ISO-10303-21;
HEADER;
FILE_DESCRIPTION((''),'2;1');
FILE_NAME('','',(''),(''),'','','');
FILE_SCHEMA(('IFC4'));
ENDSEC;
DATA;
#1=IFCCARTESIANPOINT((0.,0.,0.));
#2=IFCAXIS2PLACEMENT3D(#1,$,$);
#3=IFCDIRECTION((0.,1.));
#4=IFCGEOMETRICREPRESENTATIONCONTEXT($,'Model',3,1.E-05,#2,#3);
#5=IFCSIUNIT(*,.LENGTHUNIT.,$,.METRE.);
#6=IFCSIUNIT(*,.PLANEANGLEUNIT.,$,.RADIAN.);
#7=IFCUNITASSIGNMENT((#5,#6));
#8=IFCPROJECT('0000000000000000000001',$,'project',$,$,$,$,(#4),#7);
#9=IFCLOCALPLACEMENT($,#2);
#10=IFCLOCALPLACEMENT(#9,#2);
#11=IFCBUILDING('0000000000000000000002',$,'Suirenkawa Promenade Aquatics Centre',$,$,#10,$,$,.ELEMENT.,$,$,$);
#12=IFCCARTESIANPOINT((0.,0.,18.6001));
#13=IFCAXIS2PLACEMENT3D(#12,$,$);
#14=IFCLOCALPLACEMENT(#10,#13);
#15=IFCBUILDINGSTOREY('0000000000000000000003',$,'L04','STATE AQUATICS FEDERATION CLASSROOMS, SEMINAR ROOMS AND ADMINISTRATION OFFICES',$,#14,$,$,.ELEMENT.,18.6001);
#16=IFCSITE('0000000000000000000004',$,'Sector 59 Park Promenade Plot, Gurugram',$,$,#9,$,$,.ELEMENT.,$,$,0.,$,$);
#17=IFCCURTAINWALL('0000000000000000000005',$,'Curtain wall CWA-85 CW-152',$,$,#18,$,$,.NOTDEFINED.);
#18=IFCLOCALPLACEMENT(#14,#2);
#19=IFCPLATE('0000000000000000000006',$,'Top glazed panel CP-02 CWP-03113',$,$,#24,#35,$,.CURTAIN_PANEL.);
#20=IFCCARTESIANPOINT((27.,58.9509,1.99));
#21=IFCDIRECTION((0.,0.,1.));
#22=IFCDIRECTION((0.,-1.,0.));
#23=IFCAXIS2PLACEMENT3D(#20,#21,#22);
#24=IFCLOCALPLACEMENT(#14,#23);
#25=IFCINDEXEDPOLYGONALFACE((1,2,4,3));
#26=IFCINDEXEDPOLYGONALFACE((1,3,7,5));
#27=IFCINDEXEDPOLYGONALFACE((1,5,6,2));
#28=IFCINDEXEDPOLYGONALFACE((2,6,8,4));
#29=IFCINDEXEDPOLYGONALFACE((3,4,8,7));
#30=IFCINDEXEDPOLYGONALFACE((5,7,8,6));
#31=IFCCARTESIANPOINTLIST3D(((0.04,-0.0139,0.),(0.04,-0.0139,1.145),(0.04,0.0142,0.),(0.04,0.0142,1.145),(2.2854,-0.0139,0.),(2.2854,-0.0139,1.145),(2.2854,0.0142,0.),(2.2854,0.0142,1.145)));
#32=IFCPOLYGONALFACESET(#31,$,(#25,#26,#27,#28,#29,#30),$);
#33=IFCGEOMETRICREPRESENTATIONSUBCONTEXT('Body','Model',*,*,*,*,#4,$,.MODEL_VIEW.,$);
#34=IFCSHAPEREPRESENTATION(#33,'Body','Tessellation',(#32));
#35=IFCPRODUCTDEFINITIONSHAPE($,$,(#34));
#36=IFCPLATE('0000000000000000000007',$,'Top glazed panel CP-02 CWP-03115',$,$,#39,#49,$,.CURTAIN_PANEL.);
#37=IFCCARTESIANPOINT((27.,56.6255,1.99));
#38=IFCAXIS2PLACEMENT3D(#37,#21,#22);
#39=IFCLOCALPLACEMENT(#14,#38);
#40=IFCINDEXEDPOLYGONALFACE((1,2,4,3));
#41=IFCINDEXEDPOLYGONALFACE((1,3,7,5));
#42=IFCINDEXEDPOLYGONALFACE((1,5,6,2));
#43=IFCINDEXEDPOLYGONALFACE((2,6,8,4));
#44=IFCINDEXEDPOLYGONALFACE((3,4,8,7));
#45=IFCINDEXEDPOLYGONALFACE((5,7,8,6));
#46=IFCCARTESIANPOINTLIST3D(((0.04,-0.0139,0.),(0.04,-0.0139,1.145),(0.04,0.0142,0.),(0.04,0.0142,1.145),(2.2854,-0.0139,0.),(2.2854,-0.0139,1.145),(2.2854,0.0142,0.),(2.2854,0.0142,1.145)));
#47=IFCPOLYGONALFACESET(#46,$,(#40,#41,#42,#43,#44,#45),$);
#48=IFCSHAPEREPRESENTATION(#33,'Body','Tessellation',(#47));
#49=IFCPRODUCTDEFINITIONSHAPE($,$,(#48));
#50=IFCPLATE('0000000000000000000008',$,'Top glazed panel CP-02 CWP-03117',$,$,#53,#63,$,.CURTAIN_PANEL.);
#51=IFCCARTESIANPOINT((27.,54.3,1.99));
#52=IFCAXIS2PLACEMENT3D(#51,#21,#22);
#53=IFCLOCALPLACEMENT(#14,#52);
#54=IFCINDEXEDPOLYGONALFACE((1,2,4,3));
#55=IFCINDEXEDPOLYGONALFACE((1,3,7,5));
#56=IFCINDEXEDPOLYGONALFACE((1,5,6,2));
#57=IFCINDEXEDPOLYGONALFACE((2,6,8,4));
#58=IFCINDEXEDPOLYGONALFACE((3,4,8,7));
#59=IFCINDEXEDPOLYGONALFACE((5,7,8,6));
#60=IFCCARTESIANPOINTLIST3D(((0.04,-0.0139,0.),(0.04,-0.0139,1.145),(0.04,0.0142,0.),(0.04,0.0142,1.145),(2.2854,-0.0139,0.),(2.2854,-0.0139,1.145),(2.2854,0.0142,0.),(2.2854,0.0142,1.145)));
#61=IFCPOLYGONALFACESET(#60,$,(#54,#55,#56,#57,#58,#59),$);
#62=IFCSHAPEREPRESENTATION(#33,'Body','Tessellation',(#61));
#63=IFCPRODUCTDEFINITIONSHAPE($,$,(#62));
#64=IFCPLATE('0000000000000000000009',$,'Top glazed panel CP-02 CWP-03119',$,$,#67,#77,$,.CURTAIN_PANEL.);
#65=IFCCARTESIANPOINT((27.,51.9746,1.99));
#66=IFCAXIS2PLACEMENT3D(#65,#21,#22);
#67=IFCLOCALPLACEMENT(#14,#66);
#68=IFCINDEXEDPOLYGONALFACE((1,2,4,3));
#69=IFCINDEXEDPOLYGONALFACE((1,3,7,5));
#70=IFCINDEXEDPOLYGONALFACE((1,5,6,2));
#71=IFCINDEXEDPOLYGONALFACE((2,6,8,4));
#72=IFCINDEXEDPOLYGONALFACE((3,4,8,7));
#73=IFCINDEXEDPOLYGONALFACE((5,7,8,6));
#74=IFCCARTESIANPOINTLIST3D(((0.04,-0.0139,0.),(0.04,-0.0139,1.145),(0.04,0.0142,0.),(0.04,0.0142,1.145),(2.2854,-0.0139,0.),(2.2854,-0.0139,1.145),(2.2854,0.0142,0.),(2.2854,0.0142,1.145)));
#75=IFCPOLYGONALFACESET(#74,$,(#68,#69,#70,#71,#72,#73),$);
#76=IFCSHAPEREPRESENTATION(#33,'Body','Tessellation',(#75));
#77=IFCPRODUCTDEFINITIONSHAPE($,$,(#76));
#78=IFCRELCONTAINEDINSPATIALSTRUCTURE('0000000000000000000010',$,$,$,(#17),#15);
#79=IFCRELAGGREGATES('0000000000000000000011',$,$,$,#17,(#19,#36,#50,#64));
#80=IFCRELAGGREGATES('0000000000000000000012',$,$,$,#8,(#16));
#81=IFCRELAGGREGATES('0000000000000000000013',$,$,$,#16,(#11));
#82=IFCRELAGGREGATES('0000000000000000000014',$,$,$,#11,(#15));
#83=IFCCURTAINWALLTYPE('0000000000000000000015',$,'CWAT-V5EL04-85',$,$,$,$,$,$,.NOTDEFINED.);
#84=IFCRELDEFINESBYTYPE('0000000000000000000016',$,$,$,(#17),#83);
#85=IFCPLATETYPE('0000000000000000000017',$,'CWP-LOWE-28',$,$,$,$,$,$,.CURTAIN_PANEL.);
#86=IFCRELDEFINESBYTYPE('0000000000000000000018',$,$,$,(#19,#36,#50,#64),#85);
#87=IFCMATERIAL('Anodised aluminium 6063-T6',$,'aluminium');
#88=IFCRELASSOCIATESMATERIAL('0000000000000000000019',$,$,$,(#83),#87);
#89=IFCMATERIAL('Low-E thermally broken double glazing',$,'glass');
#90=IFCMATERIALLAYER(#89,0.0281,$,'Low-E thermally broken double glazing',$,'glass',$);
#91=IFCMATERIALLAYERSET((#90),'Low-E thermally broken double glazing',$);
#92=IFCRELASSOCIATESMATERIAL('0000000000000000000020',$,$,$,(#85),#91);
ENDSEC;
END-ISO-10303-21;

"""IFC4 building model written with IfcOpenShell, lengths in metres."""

from ifc_helpers import new_model, si_unit, direction, frame, origin, place, context, subcontext, project, spatial, polyline, outline, extrude, material, layer, layer_set, type_object, element, aggregate, save


model = new_model("IFC4")

# Units and contexts
model_context = context("Model", 3, precision=1e-05, world=origin(), true_north=direction((0.0, 1.0)))
body_context = subcontext(model_context, "Body", "Model", "MODEL_VIEW")
ifc_project = project(units=[si_unit("LENGTHUNIT", "METRE"), si_unit("PLANEANGLEUNIT", "RADIAN")], contexts=[model_context])

# Site, building, storey
site_placement = place(None, origin())
site = spatial("IfcSite", under=ifc_project, at=site_placement, Name="Sector 59 Park Promenade Plot, Gurugram", CompositionType="ELEMENT", RefElevation=0.0)
building_placement = place(site_placement, origin())
building = spatial("IfcBuilding", under=site, at=building_placement, Name="Suirenkawa Promenade Aquatics Centre", CompositionType="ELEMENT")
storey_placement = place(building_placement, frame((0.0, 0.0, 18.6001)))
storey = spatial("IfcBuildingStorey", under=building, at=storey_placement, Name="L04", Description="STATE AQUATICS FEDERATION CLASSROOMS, SEMINAR ROOMS AND ADMINISTRATION OFFICES", CompositionType="ELEMENT", Elevation=18.6001)

# Curtain wall, plates
ifc_material_1 = material(Name="Anodised aluminium 6063-T6", Category="aluminium")
curtain_wall_type = type_object("IfcCurtainWallType", Name="CWAT-V5EL04-85", PredefinedType="NOTDEFINED", material=ifc_material_1)
curtain_wall_placement = place(storey_placement, origin())
curtain_wall = element("IfcCurtainWall", 1, at=curtain_wall_placement, inside=storey, type_object=curtain_wall_type, Name="Curtain wall CWA-85 CW-152", PredefinedType="NOTDEFINED")
ifc_material_2 = material(Name="Low-E thermally broken double glazing", Category="glass")
ifc_layer_1 = layer(ifc_material_2, 0.0281, Name="Low-E thermally broken double glazing", Category="glass")
ifc_layer_set_1 = layer_set([ifc_layer_1], Name="Low-E thermally broken double glazing")
plate_type = type_object("IfcPlateType", Name="CWP-LOWE-28", PredefinedType="CURTAIN_PANEL", material=ifc_layer_set_1)
plate_1_placement = place(storey_placement, frame((27.0, 58.9509, 1.99), z_axis=(0.0, 0.0, 1.0), x_axis=(0.0, -1.0, 0.0)))
plate_1 = element("IfcPlate", 2, at=plate_1_placement, type_object=plate_type, Name="Top glazed panel CP-02 CWP-03113", PredefinedType="CURTAIN_PANEL", context=body_context, shape_type="SweptSolid", body=[
    extrude(outline(polyline([(0.04, 0.0), (2.2854, 0.0), (2.2854, 1.145), (0.04, 1.145), (0.04, 0.0)])), frame((0.0, 0.0142, 0.0), z_axis=(0.0, -1.0, 0.0), x_axis=(1.0, 0.0, 0.0)), (0.0, 0.0, 1.0), 0.0281),
])
plate_2_placement = place(storey_placement, frame((27.0, 56.6255, 1.99), z_axis=(0.0, 0.0, 1.0), x_axis=(0.0, -1.0, 0.0)))
plate_2 = element("IfcPlate", 3, at=plate_2_placement, type_object=plate_type, Name="Top glazed panel CP-02 CWP-03115", PredefinedType="CURTAIN_PANEL", context=body_context, shape_type="SweptSolid", body=[
    extrude(outline(polyline([(0.04, 0.0), (2.2854, 0.0), (2.2854, 1.145), (0.04, 1.145), (0.04, 0.0)])), frame((0.0, 0.0142, 0.0), z_axis=(0.0, -1.0, 0.0), x_axis=(1.0, 0.0, 0.0)), (0.0, 0.0, 1.0), 0.0281),
])
plate_3_placement = place(storey_placement, frame((27.0, 54.3, 1.99), z_axis=(0.0, 0.0, 1.0), x_axis=(0.0, -1.0, 0.0)))
plate_3 = element("IfcPlate", 4, at=plate_3_placement, type_object=plate_type, Name="Top glazed panel CP-02 CWP-03117", PredefinedType="CURTAIN_PANEL", context=body_context, shape_type="SweptSolid", body=[
    extrude(outline(polyline([(0.04, 0.0), (2.2854, 0.0), (2.2854, 1.145), (0.04, 1.145), (0.04, 0.0)])), frame((0.0, 0.0142, 0.0), z_axis=(0.0, -1.0, 0.0), x_axis=(1.0, 0.0, 0.0)), (0.0, 0.0, 1.0), 0.0281),
])
plate_4_placement = place(storey_placement, frame((27.0, 51.9746, 1.99), z_axis=(0.0, 0.0, 1.0), x_axis=(0.0, -1.0, 0.0)))
plate_4 = element("IfcPlate", 5, at=plate_4_placement, type_object=plate_type, Name="Top glazed panel CP-02 CWP-03119", PredefinedType="CURTAIN_PANEL", context=body_context, shape_type="SweptSolid", body=[
    extrude(outline(polyline([(0.04, 0.0), (2.2854, 0.0), (2.2854, 1.145), (0.04, 1.145), (0.04, 0.0)])), frame((0.0, 0.0142, 0.0), z_axis=(0.0, -1.0, 0.0), x_axis=(1.0, 0.0, 0.0)), (0.0, 0.0, 1.0), 0.0281),
])
aggregate(curtain_wall, [plate_1, plate_2, plate_3, plate_4])

save(model, "model.ifc")
